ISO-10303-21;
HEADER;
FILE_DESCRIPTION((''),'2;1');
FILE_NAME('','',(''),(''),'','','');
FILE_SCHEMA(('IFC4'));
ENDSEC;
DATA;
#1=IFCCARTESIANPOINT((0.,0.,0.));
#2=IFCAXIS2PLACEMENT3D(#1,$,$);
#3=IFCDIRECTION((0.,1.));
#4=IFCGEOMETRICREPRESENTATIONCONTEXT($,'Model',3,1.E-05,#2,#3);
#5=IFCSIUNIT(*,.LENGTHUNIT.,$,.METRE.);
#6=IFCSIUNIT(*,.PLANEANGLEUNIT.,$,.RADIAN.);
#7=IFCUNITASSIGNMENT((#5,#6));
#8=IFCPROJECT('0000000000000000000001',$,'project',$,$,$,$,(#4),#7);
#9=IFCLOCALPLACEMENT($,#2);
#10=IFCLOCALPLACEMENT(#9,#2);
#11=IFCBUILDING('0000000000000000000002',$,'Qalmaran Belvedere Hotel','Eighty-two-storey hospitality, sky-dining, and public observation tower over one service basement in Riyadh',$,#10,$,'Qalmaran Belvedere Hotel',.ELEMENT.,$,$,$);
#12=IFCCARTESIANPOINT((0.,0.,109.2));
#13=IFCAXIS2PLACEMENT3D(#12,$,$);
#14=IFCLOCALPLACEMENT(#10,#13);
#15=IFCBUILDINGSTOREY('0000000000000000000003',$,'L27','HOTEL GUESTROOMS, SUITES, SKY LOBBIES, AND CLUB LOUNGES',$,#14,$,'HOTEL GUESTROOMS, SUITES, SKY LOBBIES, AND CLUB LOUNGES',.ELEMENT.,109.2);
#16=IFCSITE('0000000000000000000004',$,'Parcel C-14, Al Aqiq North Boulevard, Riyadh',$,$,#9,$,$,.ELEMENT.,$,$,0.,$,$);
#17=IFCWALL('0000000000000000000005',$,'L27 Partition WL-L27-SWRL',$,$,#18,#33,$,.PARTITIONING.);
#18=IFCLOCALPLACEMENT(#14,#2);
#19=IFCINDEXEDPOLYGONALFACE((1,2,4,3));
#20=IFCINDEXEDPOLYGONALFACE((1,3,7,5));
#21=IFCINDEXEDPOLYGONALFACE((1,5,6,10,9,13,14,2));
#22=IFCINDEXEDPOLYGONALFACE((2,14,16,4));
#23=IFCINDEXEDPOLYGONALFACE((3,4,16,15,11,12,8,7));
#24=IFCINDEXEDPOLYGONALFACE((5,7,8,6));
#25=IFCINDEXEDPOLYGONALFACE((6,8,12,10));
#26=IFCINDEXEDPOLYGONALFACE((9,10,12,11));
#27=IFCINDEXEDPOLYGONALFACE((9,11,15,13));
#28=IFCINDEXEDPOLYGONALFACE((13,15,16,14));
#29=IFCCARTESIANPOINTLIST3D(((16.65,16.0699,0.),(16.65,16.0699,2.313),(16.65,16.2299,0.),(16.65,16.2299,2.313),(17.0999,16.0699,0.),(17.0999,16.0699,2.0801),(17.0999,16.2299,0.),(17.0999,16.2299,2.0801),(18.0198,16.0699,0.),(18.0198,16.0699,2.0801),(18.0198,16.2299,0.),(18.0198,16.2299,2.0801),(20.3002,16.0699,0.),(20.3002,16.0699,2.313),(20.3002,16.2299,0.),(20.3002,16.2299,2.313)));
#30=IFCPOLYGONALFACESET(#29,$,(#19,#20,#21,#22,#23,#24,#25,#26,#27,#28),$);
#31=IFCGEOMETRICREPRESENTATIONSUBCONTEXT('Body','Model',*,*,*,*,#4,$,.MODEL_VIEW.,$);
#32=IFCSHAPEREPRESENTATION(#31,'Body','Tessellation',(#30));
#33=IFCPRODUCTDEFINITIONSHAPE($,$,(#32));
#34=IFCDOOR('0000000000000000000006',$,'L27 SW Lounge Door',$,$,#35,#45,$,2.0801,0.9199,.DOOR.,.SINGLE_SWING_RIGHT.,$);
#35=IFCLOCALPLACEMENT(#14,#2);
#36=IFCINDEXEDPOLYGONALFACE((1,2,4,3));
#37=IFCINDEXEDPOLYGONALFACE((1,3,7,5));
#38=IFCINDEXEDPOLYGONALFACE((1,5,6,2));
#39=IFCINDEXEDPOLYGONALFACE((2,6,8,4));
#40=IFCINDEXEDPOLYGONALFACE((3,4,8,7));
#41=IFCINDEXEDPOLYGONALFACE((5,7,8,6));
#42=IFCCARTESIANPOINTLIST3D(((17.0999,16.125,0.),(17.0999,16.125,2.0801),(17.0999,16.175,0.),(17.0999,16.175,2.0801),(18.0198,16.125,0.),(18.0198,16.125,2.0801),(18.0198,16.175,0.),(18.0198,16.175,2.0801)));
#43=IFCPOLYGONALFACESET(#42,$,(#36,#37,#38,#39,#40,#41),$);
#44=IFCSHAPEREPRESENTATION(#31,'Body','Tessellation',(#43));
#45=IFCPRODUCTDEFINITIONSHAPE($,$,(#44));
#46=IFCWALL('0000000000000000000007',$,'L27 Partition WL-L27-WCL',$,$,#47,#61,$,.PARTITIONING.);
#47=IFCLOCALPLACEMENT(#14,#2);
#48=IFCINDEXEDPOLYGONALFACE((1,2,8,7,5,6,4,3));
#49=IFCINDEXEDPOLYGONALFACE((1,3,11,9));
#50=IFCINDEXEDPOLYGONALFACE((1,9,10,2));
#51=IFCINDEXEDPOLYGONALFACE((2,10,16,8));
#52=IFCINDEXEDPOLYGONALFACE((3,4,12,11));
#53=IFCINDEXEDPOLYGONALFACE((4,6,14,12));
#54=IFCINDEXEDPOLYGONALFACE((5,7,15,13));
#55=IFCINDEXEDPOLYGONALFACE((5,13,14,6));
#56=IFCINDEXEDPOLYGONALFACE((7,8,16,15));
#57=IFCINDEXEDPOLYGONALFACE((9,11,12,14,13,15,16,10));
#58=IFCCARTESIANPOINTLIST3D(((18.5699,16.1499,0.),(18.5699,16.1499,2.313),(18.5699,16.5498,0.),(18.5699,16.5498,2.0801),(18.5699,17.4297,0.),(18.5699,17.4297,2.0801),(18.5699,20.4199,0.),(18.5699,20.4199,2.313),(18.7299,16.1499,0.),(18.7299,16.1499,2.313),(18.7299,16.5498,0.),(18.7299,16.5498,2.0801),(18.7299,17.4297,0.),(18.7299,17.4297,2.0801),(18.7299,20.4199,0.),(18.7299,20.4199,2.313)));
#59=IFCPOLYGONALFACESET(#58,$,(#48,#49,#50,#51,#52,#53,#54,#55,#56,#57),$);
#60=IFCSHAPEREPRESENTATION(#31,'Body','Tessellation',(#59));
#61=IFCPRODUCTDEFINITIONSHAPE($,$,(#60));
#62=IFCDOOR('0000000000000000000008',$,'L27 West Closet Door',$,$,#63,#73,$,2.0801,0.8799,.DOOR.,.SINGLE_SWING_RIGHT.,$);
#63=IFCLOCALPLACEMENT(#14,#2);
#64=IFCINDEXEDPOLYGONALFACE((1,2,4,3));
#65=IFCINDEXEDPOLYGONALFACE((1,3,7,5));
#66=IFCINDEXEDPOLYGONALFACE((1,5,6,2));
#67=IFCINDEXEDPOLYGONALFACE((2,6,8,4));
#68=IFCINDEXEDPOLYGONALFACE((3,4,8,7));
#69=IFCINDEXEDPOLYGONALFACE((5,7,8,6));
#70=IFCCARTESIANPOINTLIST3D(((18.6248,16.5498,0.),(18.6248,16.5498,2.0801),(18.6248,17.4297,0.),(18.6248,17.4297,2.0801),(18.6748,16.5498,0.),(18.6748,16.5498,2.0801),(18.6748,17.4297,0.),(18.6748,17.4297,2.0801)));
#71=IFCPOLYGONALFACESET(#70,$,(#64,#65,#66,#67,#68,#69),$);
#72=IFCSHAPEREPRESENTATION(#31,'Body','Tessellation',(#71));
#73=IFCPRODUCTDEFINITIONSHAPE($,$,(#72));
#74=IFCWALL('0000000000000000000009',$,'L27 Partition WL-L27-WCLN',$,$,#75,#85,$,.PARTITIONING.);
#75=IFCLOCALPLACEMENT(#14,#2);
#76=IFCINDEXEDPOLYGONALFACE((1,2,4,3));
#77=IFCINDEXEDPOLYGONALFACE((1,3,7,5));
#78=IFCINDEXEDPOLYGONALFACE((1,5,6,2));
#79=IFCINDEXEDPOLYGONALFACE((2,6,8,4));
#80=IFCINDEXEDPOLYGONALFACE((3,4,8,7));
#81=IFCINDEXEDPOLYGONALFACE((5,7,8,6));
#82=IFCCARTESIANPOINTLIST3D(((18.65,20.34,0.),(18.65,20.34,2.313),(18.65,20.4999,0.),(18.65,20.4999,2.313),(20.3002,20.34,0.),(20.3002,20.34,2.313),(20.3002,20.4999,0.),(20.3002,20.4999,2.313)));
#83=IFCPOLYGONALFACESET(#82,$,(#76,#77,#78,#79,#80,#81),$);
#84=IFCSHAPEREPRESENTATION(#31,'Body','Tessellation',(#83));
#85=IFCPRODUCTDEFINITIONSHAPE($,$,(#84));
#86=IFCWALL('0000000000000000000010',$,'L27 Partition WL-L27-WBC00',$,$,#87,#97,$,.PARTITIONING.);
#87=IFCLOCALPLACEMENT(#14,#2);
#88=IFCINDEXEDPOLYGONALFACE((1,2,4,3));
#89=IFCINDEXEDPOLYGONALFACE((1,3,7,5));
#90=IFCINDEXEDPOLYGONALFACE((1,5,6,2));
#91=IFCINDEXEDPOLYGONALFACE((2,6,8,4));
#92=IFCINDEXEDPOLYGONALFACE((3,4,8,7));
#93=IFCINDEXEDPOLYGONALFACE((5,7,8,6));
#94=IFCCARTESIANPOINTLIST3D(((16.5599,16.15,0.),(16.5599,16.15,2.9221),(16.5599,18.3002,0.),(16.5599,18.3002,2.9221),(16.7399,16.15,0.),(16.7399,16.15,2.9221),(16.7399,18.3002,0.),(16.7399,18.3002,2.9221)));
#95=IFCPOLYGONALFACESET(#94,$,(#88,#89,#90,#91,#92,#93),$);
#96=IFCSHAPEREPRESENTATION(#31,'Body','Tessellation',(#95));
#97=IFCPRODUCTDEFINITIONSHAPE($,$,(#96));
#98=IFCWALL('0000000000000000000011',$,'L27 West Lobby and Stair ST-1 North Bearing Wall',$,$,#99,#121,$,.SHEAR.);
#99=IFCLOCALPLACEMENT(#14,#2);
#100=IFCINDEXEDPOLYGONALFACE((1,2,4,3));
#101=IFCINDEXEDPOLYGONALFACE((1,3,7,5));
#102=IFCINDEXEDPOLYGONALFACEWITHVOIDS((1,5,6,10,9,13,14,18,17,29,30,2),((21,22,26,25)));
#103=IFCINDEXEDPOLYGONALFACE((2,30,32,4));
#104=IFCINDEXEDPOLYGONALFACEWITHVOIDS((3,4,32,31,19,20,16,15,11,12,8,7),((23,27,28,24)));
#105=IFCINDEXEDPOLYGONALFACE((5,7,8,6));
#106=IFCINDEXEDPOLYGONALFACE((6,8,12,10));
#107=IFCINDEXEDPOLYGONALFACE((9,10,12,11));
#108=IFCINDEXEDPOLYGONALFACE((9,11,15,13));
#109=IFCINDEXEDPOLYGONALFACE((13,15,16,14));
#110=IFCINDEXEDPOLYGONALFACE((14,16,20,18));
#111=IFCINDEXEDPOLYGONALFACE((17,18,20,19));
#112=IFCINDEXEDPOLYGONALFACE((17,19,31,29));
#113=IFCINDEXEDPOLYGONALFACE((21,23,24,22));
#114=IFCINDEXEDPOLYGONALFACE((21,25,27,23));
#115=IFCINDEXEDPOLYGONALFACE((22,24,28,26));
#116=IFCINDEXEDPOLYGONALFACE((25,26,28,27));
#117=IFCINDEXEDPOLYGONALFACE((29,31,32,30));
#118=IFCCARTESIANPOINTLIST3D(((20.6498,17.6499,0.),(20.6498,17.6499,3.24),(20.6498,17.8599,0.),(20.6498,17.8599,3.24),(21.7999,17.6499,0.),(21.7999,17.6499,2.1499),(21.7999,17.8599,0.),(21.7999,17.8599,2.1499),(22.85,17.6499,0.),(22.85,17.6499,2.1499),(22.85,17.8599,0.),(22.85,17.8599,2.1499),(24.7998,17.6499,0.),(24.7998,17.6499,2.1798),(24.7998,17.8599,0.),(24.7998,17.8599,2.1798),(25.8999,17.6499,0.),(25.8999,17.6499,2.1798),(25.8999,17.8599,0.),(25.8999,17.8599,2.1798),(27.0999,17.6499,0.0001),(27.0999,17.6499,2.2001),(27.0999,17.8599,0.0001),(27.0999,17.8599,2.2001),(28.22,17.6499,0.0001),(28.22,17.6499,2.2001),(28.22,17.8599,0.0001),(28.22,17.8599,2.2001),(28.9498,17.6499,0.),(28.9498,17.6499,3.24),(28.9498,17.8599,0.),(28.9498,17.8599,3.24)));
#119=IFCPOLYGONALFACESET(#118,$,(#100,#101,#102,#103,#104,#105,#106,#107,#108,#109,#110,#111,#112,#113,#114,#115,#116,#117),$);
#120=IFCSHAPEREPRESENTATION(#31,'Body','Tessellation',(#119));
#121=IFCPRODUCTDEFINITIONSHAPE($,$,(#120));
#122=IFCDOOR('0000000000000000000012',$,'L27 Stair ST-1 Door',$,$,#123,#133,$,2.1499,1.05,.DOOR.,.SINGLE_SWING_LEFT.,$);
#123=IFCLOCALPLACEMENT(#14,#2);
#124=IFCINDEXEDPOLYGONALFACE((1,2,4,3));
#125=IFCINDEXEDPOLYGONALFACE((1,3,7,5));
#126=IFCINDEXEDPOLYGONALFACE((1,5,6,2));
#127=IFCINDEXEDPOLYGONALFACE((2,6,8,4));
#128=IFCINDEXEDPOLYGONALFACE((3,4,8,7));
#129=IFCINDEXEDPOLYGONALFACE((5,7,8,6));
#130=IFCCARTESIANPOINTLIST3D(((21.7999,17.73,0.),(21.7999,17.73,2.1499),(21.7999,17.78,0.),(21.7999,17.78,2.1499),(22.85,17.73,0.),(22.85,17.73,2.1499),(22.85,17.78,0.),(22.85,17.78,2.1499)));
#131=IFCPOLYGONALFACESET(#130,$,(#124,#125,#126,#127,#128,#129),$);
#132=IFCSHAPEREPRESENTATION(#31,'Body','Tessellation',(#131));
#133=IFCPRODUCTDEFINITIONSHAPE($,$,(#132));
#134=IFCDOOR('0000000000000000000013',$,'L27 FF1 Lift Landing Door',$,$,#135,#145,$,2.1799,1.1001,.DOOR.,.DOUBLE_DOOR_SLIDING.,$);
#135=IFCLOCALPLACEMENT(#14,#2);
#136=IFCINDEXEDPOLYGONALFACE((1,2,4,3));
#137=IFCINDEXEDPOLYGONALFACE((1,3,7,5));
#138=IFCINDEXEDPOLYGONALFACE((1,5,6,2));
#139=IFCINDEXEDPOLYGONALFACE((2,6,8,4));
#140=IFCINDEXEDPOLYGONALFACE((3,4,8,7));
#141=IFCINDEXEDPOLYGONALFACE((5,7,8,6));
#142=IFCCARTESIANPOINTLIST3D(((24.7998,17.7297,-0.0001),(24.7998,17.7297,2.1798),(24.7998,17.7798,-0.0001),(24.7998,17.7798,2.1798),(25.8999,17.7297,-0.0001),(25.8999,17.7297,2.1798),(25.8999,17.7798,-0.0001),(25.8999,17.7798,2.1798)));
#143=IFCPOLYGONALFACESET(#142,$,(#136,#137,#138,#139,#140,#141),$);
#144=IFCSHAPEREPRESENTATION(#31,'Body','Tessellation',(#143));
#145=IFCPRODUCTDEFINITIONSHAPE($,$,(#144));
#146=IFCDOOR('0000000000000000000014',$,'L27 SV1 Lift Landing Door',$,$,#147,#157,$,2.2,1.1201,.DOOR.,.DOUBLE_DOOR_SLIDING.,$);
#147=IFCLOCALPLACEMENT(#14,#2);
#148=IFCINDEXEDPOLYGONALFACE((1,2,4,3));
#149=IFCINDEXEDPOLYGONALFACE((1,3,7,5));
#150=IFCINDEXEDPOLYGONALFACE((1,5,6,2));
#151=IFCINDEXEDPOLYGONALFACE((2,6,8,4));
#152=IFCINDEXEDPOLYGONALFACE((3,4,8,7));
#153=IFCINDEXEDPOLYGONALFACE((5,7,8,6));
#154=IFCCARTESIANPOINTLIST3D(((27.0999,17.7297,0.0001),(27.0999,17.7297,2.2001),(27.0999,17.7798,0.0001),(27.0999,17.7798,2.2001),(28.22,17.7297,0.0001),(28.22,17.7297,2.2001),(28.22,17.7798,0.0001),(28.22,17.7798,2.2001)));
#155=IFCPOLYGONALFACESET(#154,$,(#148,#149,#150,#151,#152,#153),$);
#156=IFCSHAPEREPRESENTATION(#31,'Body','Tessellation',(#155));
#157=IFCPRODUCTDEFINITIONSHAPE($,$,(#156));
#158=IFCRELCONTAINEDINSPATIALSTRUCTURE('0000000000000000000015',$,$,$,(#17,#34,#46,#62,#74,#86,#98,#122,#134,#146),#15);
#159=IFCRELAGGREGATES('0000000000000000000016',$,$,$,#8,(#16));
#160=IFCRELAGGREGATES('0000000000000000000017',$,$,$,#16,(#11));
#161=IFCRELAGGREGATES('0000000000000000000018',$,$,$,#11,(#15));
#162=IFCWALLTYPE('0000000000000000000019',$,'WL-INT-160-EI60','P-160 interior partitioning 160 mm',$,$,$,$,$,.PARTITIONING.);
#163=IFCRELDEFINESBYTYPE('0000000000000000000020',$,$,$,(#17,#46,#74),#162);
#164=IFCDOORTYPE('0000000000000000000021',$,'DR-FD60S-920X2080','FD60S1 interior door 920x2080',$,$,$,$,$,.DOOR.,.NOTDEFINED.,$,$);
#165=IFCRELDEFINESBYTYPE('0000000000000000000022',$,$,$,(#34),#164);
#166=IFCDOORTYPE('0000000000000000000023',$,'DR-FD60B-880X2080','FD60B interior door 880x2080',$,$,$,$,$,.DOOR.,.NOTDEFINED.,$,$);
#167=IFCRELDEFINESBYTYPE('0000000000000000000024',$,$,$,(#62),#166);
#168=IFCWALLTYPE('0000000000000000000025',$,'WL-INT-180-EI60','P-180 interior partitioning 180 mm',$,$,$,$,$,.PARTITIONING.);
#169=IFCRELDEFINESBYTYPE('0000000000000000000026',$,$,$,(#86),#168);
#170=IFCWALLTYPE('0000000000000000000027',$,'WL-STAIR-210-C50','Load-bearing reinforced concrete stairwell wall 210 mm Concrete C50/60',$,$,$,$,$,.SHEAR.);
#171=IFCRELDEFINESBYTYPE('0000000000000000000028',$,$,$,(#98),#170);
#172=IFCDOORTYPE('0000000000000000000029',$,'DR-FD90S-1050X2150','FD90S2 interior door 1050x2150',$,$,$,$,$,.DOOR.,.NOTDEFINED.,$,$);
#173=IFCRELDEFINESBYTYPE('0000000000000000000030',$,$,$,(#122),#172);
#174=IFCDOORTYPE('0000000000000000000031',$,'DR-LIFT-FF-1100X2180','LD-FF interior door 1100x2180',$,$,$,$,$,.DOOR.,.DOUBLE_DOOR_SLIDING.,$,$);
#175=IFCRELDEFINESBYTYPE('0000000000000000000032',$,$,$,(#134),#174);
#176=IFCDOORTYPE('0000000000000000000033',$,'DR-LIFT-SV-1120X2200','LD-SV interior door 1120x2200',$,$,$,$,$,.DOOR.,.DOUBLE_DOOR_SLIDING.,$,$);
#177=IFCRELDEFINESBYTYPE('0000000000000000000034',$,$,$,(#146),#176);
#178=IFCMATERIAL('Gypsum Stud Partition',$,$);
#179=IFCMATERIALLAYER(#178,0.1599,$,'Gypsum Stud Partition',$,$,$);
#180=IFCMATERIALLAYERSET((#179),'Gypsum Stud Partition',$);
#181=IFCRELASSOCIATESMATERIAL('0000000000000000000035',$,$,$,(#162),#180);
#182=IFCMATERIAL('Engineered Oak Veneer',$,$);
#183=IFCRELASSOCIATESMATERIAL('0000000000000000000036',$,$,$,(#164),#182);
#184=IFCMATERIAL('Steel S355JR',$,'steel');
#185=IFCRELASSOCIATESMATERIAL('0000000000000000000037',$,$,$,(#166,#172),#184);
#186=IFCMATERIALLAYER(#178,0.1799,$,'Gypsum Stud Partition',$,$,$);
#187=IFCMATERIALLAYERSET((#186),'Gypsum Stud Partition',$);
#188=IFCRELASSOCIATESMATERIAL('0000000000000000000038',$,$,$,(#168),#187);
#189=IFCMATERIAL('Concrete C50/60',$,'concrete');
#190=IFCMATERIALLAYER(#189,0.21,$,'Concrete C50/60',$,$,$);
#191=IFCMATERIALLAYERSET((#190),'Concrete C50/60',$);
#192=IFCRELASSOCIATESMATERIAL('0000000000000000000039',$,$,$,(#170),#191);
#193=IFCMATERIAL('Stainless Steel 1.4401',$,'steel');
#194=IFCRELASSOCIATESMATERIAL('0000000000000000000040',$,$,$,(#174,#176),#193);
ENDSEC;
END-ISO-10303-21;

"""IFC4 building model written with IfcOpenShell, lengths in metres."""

from ifc_helpers import new_model, si_unit, direction, frame, frame_2d, origin, place, context, subcontext, project, spatial, rectangle, extrude, material, layer, layer_set, type_object, element, fill, save


model = new_model("IFC4")

# Units and contexts
model_context = context("Model", 3, precision=1e-05, world=origin(), true_north=direction((0.0, 1.0)))
body_context = subcontext(model_context, "Body", "Model", "MODEL_VIEW")
ifc_project = project(units=[si_unit("LENGTHUNIT", "METRE"), si_unit("PLANEANGLEUNIT", "RADIAN")], contexts=[model_context])

# Site, building, storey
site_placement = place(None, origin())
site = spatial("IfcSite", under=ifc_project, at=site_placement, Name="Parcel C-14, Al Aqiq North Boulevard, Riyadh", CompositionType="ELEMENT", RefElevation=0.0)
building_placement = place(site_placement, origin())
building = spatial("IfcBuilding", under=site, at=building_placement, Name="Qalmaran Belvedere Hotel", Description="Eighty-two-storey hospitality, sky-dining, and public observation tower over one service basement in Riyadh", LongName="Qalmaran Belvedere Hotel", CompositionType="ELEMENT")
storey_placement = place(building_placement, frame((0.0, 0.0, 109.2)))
storey = spatial("IfcBuildingStorey", under=building, at=storey_placement, Name="L27", Description="HOTEL GUESTROOMS, SUITES, SKY LOBBIES, AND CLUB LOUNGES", LongName="HOTEL GUESTROOMS, SUITES, SKY LOBBIES, AND CLUB LOUNGES", CompositionType="ELEMENT", Elevation=109.2)

# Walls, openings, doors
ifc_material_1 = material(Name="Gypsum Stud Partition")
ifc_layer_1 = layer(ifc_material_1, 0.1599, Name="Gypsum Stud Partition")
ifc_layer_set_1 = layer_set([ifc_layer_1], Name="Gypsum Stud Partition")
wall_type_1 = type_object("IfcWallType", Name="WL-INT-160-EI60", Description="P-160 interior partitioning 160 mm", PredefinedType="PARTITIONING", material=ifc_layer_set_1)
wall_1_placement = place(storey_placement, frame((16.6499, 16.1499, 0.0), z_axis=(0.0, 0.0, 1.0), x_axis=(1.0, 0.0, 0.0)))
wall_1 = element("IfcWall", 1, at=wall_1_placement, inside=storey, type_object=wall_type_1, Name="L27 Partition WL-L27-SWRL", PredefinedType="PARTITIONING", context=body_context, shape_type="SweptSolid", body=[
    extrude(rectangle(XDim=3.6501, YDim=0.1599, at=frame_2d((1.8252, 0.0))), origin(), (0.0, 0.0, 1.0), 2.313),
])
opening_1_placement = place(wall_1_placement, frame((1.3699, 0.0, 0.0), z_axis=(0.0, 0.0, 1.0), x_axis=(-1.0, 0.0, 0.0)))
opening_1 = element("IfcOpeningElement", 2, at=opening_1_placement, cuts=wall_1, PredefinedType="OPENING", context=body_context, shape_type="SweptSolid", body=[
    extrude(rectangle(XDim=0.9199, YDim=2.0801, at=frame_2d((0.46, 1.04))), frame((0.0, 0.0898, 0.0), z_axis=(0.0, -1.0, 0.0), x_axis=(1.0, 0.0, 0.0)), (0.0, 0.0, 1.0), 0.1799),
])
ifc_material_2 = material(Name="Engineered Oak Veneer")
door_type_1 = type_object("IfcDoorType", Name="DR-FD60S-920X2080", Description="FD60S1 interior door 920x2080", OperationType="NOTDEFINED", PredefinedType="DOOR", material=ifc_material_2)
door_1_placement = place(opening_1_placement, origin())
door_1 = element("IfcDoor", 3, at=door_1_placement, inside=storey, type_object=door_type_1, Name="L27 SW Lounge Door", OperationType="SINGLE_SWING_RIGHT", OverallHeight=2.0801, OverallWidth=0.9199, PredefinedType="DOOR", context=body_context, shape_type="SweptSolid", body=[
    extrude(rectangle(XDim=0.9199, YDim=2.0801, at=frame_2d((0.46, 1.04))), frame((0.0, 0.0249, 0.0), z_axis=(0.0, -1.0, 0.0), x_axis=(1.0, 0.0, 0.0)), (0.0, 0.0, 1.0), 0.05),
])
fill(opening_1, door_1)
wall_2_placement = place(storey_placement, frame((18.6499, 16.1499, 0.0), z_axis=(0.0, 0.0, 1.0), x_axis=(0.0, 1.0, 0.0)))
wall_2 = element("IfcWall", 4, at=wall_2_placement, inside=storey, type_object=wall_type_1, Name="L27 Partition WL-L27-WCL", PredefinedType="PARTITIONING", context=body_context, shape_type="SweptSolid", body=[
    extrude(rectangle(XDim=4.27, YDim=0.1599, at=frame_2d((2.135, 0.0))), origin(), (0.0, 0.0, 1.0), 2.313),
])
opening_2_placement = place(wall_2_placement, frame((1.2798, 0.0, 0.0), z_axis=(0.0, 0.0, 1.0), x_axis=(-1.0, 0.0, 0.0)))
opening_2 = element("IfcOpeningElement", 5, at=opening_2_placement, cuts=wall_2, PredefinedType="OPENING", context=body_context, shape_type="SweptSolid", body=[
    extrude(rectangle(XDim=0.8799, YDim=2.0801, at=frame_2d((0.4399, 1.04))), frame((0.0, 0.0898, 0.0), z_axis=(0.0, -1.0, 0.0), x_axis=(1.0, 0.0, 0.0)), (0.0, 0.0, 1.0), 0.1799),
])
ifc_material_3 = material(Name="Steel S355JR", Category="steel")
door_type_2 = type_object("IfcDoorType", Name="DR-FD60B-880X2080", Description="FD60B interior door 880x2080", OperationType="NOTDEFINED", PredefinedType="DOOR", material=ifc_material_3)
door_2_placement = place(opening_2_placement, origin())
door_2 = element("IfcDoor", 6, at=door_2_placement, inside=storey, type_object=door_type_2, Name="L27 West Closet Door", OperationType="SINGLE_SWING_RIGHT", OverallHeight=2.0801, OverallWidth=0.8799, PredefinedType="DOOR", context=body_context, shape_type="SweptSolid", body=[
    extrude(rectangle(XDim=0.8799, YDim=2.0801, at=frame_2d((0.4399, 1.04))), frame((0.0, 0.0249, 0.0), z_axis=(0.0, -1.0, 0.0), x_axis=(1.0, 0.0, 0.0)), (0.0, 0.0, 1.0), 0.05),
])
fill(opening_2, door_2)

# Walls
wall_3_placement = place(storey_placement, frame((18.6499, 20.4199, 0.0), z_axis=(0.0, 0.0, 1.0), x_axis=(1.0, 0.0, 0.0)))
element("IfcWall", 7, at=wall_3_placement, inside=storey, type_object=wall_type_1, Name="L27 Partition WL-L27-WCLN", PredefinedType="PARTITIONING", context=body_context, shape_type="SweptSolid", body=[
    extrude(rectangle(XDim=1.6501, YDim=0.1599, at=frame_2d((0.8252, 0.0))), origin(), (0.0, 0.0, 1.0), 2.313),
])
ifc_layer_2 = layer(ifc_material_1, 0.1799, Name="Gypsum Stud Partition")
ifc_layer_set_2 = layer_set([ifc_layer_2], Name="Gypsum Stud Partition")
wall_type_2 = type_object("IfcWallType", Name="WL-INT-180-EI60", Description="P-180 interior partitioning 180 mm", PredefinedType="PARTITIONING", material=ifc_layer_set_2)
wall_4_placement = place(storey_placement, frame((16.6499, 16.1499, 0.0), z_axis=(0.0, 0.0, 1.0), x_axis=(0.0, 1.0, 0.0)))
element("IfcWall", 8, at=wall_4_placement, inside=storey, type_object=wall_type_2, Name="L27 Partition WL-L27-WBC00", PredefinedType="PARTITIONING", context=body_context, shape_type="SweptSolid", body=[
    extrude(rectangle(XDim=2.1501, YDim=0.1799, at=frame_2d((1.0752, 0.0))), origin(), (0.0, 0.0, 1.0), 2.9221),
])

# Wall, openings, doors
ifc_material_4 = material(Name="Concrete C50/60", Category="concrete")
ifc_layer_3 = layer(ifc_material_4, 0.21, Name="Concrete C50/60")
ifc_layer_set_3 = layer_set([ifc_layer_3], Name="Concrete C50/60")
wall_type_3 = type_object("IfcWallType", Name="WL-STAIR-210-C50", Description="Load-bearing reinforced concrete stairwell wall 210 mm Concrete C50/60", PredefinedType="SHEAR", material=ifc_layer_set_3)
wall_5_placement = place(storey_placement, frame((20.6499, 17.7549, 0.0), z_axis=(0.0, 0.0, 1.0), x_axis=(1.0, 0.0, 0.0)))
wall_5 = element("IfcWall", 9, at=wall_5_placement, inside=storey, type_object=wall_type_3, Name="L27 West Lobby and Stair ST-1 North Bearing Wall", PredefinedType="SHEAR", context=body_context, shape_type="SweptSolid", body=[
    extrude(rectangle(XDim=8.3, YDim=0.21, at=frame_2d((4.1499, 0.0))), origin(), (0.0, 0.0, 1.0), 3.24),
])
opening_3_placement = place(wall_5_placement, frame((2.2, 0.0, 0.0), z_axis=(0.0, 0.0, 1.0), x_axis=(-1.0, 0.0, 0.0)))
opening_3 = element("IfcOpeningElement", 10, at=opening_3_placement, cuts=wall_5, PredefinedType="OPENING", context=body_context, shape_type="SweptSolid", body=[
    extrude(rectangle(XDim=1.05, YDim=2.1499, at=frame_2d((0.5249, 1.075))), frame((0.0, 0.115, 0.0), z_axis=(0.0, -1.0, 0.0), x_axis=(1.0, 0.0, 0.0)), (0.0, 0.0, 1.0), 0.23),
])
opening_4_placement = place(wall_5_placement, frame((4.1499, 0.0, 0.0)))
opening_4 = element("IfcOpeningElement", 11, at=opening_4_placement, cuts=wall_5, PredefinedType="OPENING", context=body_context, shape_type="SweptSolid", body=[
    extrude(rectangle(XDim=1.1001, YDim=2.1799, at=frame_2d((0.55, 1.0898))), frame((0.0, 0.115, 0.0), z_axis=(0.0, -1.0, 0.0), x_axis=(1.0, 0.0, 0.0)), (0.0, 0.0, 1.0), 0.23),
])
opening_5_placement = place(wall_5_placement, frame((6.45, 0.0, 0.0)))
opening_5 = element("IfcOpeningElement", 12, at=opening_5_placement, cuts=wall_5, PredefinedType="OPENING", context=body_context, shape_type="SweptSolid", body=[
    extrude(rectangle(XDim=1.1201, YDim=2.2, at=frame_2d((0.5601, 1.1001))), frame((0.0, 0.115, 0.0), z_axis=(0.0, -1.0, 0.0), x_axis=(1.0, 0.0, 0.0)), (0.0, 0.0, 1.0), 0.23),
])
door_type_3 = type_object("IfcDoorType", Name="DR-FD90S-1050X2150", Description="FD90S2 interior door 1050x2150", OperationType="NOTDEFINED", PredefinedType="DOOR", material=ifc_material_3)
door_3_placement = place(opening_3_placement, origin())
door_3 = element("IfcDoor", 13, at=door_3_placement, inside=storey, type_object=door_type_3, Name="L27 Stair ST-1 Door", OperationType="SINGLE_SWING_LEFT", OverallHeight=2.1499, OverallWidth=1.05, PredefinedType="DOOR", context=body_context, shape_type="SweptSolid", body=[
    extrude(rectangle(XDim=1.05, YDim=2.1499, at=frame_2d((0.5249, 1.075))), frame((0.0, 0.0249, 0.0), z_axis=(0.0, -1.0, 0.0), x_axis=(1.0, 0.0, 0.0)), (0.0, 0.0, 1.0), 0.05),
])
fill(opening_3, door_3)
ifc_material_5 = material(Name="Stainless Steel 1.4401", Category="steel")
door_type_4 = type_object("IfcDoorType", Name="DR-LIFT-FF-1100X2180", Description="LD-FF interior door 1100x2180", OperationType="DOUBLE_DOOR_SLIDING", PredefinedType="DOOR", material=ifc_material_5)
door_4_placement = place(opening_4_placement, origin())
door_4 = element("IfcDoor", 14, at=door_4_placement, inside=storey, type_object=door_type_4, Name="L27 FF1 Lift Landing Door", OperationType="DOUBLE_DOOR_SLIDING", OverallHeight=2.1799, OverallWidth=1.1001, PredefinedType="DOOR", context=body_context, shape_type="SweptSolid", body=[
    extrude(rectangle(XDim=1.1001, YDim=2.1799, at=frame_2d((0.55, 1.0898))), frame((0.0, 0.0249, 0.0), z_axis=(0.0, -1.0, 0.0), x_axis=(1.0, 0.0, 0.0)), (0.0, 0.0, 1.0), 0.05),
])
fill(opening_4, door_4)
door_type_5 = type_object("IfcDoorType", Name="DR-LIFT-SV-1120X2200", Description="LD-SV interior door 1120x2200", OperationType="DOUBLE_DOOR_SLIDING", PredefinedType="DOOR", material=ifc_material_5)
door_5_placement = place(opening_5_placement, origin())
door_5 = element("IfcDoor", 15, at=door_5_placement, inside=storey, type_object=door_type_5, Name="L27 SV1 Lift Landing Door", OperationType="DOUBLE_DOOR_SLIDING", OverallHeight=2.2, OverallWidth=1.1201, PredefinedType="DOOR", context=body_context, shape_type="SweptSolid", body=[
    extrude(rectangle(XDim=1.1201, YDim=2.2, at=frame_2d((0.5601, 1.1001))), frame((0.0, 0.0249, 0.0), z_axis=(0.0, -1.0, 0.0), x_axis=(1.0, 0.0, 0.0)), (0.0, 0.0, 1.0), 0.05),
])
fill(opening_5, door_5)

save(model, "model.ifc")
